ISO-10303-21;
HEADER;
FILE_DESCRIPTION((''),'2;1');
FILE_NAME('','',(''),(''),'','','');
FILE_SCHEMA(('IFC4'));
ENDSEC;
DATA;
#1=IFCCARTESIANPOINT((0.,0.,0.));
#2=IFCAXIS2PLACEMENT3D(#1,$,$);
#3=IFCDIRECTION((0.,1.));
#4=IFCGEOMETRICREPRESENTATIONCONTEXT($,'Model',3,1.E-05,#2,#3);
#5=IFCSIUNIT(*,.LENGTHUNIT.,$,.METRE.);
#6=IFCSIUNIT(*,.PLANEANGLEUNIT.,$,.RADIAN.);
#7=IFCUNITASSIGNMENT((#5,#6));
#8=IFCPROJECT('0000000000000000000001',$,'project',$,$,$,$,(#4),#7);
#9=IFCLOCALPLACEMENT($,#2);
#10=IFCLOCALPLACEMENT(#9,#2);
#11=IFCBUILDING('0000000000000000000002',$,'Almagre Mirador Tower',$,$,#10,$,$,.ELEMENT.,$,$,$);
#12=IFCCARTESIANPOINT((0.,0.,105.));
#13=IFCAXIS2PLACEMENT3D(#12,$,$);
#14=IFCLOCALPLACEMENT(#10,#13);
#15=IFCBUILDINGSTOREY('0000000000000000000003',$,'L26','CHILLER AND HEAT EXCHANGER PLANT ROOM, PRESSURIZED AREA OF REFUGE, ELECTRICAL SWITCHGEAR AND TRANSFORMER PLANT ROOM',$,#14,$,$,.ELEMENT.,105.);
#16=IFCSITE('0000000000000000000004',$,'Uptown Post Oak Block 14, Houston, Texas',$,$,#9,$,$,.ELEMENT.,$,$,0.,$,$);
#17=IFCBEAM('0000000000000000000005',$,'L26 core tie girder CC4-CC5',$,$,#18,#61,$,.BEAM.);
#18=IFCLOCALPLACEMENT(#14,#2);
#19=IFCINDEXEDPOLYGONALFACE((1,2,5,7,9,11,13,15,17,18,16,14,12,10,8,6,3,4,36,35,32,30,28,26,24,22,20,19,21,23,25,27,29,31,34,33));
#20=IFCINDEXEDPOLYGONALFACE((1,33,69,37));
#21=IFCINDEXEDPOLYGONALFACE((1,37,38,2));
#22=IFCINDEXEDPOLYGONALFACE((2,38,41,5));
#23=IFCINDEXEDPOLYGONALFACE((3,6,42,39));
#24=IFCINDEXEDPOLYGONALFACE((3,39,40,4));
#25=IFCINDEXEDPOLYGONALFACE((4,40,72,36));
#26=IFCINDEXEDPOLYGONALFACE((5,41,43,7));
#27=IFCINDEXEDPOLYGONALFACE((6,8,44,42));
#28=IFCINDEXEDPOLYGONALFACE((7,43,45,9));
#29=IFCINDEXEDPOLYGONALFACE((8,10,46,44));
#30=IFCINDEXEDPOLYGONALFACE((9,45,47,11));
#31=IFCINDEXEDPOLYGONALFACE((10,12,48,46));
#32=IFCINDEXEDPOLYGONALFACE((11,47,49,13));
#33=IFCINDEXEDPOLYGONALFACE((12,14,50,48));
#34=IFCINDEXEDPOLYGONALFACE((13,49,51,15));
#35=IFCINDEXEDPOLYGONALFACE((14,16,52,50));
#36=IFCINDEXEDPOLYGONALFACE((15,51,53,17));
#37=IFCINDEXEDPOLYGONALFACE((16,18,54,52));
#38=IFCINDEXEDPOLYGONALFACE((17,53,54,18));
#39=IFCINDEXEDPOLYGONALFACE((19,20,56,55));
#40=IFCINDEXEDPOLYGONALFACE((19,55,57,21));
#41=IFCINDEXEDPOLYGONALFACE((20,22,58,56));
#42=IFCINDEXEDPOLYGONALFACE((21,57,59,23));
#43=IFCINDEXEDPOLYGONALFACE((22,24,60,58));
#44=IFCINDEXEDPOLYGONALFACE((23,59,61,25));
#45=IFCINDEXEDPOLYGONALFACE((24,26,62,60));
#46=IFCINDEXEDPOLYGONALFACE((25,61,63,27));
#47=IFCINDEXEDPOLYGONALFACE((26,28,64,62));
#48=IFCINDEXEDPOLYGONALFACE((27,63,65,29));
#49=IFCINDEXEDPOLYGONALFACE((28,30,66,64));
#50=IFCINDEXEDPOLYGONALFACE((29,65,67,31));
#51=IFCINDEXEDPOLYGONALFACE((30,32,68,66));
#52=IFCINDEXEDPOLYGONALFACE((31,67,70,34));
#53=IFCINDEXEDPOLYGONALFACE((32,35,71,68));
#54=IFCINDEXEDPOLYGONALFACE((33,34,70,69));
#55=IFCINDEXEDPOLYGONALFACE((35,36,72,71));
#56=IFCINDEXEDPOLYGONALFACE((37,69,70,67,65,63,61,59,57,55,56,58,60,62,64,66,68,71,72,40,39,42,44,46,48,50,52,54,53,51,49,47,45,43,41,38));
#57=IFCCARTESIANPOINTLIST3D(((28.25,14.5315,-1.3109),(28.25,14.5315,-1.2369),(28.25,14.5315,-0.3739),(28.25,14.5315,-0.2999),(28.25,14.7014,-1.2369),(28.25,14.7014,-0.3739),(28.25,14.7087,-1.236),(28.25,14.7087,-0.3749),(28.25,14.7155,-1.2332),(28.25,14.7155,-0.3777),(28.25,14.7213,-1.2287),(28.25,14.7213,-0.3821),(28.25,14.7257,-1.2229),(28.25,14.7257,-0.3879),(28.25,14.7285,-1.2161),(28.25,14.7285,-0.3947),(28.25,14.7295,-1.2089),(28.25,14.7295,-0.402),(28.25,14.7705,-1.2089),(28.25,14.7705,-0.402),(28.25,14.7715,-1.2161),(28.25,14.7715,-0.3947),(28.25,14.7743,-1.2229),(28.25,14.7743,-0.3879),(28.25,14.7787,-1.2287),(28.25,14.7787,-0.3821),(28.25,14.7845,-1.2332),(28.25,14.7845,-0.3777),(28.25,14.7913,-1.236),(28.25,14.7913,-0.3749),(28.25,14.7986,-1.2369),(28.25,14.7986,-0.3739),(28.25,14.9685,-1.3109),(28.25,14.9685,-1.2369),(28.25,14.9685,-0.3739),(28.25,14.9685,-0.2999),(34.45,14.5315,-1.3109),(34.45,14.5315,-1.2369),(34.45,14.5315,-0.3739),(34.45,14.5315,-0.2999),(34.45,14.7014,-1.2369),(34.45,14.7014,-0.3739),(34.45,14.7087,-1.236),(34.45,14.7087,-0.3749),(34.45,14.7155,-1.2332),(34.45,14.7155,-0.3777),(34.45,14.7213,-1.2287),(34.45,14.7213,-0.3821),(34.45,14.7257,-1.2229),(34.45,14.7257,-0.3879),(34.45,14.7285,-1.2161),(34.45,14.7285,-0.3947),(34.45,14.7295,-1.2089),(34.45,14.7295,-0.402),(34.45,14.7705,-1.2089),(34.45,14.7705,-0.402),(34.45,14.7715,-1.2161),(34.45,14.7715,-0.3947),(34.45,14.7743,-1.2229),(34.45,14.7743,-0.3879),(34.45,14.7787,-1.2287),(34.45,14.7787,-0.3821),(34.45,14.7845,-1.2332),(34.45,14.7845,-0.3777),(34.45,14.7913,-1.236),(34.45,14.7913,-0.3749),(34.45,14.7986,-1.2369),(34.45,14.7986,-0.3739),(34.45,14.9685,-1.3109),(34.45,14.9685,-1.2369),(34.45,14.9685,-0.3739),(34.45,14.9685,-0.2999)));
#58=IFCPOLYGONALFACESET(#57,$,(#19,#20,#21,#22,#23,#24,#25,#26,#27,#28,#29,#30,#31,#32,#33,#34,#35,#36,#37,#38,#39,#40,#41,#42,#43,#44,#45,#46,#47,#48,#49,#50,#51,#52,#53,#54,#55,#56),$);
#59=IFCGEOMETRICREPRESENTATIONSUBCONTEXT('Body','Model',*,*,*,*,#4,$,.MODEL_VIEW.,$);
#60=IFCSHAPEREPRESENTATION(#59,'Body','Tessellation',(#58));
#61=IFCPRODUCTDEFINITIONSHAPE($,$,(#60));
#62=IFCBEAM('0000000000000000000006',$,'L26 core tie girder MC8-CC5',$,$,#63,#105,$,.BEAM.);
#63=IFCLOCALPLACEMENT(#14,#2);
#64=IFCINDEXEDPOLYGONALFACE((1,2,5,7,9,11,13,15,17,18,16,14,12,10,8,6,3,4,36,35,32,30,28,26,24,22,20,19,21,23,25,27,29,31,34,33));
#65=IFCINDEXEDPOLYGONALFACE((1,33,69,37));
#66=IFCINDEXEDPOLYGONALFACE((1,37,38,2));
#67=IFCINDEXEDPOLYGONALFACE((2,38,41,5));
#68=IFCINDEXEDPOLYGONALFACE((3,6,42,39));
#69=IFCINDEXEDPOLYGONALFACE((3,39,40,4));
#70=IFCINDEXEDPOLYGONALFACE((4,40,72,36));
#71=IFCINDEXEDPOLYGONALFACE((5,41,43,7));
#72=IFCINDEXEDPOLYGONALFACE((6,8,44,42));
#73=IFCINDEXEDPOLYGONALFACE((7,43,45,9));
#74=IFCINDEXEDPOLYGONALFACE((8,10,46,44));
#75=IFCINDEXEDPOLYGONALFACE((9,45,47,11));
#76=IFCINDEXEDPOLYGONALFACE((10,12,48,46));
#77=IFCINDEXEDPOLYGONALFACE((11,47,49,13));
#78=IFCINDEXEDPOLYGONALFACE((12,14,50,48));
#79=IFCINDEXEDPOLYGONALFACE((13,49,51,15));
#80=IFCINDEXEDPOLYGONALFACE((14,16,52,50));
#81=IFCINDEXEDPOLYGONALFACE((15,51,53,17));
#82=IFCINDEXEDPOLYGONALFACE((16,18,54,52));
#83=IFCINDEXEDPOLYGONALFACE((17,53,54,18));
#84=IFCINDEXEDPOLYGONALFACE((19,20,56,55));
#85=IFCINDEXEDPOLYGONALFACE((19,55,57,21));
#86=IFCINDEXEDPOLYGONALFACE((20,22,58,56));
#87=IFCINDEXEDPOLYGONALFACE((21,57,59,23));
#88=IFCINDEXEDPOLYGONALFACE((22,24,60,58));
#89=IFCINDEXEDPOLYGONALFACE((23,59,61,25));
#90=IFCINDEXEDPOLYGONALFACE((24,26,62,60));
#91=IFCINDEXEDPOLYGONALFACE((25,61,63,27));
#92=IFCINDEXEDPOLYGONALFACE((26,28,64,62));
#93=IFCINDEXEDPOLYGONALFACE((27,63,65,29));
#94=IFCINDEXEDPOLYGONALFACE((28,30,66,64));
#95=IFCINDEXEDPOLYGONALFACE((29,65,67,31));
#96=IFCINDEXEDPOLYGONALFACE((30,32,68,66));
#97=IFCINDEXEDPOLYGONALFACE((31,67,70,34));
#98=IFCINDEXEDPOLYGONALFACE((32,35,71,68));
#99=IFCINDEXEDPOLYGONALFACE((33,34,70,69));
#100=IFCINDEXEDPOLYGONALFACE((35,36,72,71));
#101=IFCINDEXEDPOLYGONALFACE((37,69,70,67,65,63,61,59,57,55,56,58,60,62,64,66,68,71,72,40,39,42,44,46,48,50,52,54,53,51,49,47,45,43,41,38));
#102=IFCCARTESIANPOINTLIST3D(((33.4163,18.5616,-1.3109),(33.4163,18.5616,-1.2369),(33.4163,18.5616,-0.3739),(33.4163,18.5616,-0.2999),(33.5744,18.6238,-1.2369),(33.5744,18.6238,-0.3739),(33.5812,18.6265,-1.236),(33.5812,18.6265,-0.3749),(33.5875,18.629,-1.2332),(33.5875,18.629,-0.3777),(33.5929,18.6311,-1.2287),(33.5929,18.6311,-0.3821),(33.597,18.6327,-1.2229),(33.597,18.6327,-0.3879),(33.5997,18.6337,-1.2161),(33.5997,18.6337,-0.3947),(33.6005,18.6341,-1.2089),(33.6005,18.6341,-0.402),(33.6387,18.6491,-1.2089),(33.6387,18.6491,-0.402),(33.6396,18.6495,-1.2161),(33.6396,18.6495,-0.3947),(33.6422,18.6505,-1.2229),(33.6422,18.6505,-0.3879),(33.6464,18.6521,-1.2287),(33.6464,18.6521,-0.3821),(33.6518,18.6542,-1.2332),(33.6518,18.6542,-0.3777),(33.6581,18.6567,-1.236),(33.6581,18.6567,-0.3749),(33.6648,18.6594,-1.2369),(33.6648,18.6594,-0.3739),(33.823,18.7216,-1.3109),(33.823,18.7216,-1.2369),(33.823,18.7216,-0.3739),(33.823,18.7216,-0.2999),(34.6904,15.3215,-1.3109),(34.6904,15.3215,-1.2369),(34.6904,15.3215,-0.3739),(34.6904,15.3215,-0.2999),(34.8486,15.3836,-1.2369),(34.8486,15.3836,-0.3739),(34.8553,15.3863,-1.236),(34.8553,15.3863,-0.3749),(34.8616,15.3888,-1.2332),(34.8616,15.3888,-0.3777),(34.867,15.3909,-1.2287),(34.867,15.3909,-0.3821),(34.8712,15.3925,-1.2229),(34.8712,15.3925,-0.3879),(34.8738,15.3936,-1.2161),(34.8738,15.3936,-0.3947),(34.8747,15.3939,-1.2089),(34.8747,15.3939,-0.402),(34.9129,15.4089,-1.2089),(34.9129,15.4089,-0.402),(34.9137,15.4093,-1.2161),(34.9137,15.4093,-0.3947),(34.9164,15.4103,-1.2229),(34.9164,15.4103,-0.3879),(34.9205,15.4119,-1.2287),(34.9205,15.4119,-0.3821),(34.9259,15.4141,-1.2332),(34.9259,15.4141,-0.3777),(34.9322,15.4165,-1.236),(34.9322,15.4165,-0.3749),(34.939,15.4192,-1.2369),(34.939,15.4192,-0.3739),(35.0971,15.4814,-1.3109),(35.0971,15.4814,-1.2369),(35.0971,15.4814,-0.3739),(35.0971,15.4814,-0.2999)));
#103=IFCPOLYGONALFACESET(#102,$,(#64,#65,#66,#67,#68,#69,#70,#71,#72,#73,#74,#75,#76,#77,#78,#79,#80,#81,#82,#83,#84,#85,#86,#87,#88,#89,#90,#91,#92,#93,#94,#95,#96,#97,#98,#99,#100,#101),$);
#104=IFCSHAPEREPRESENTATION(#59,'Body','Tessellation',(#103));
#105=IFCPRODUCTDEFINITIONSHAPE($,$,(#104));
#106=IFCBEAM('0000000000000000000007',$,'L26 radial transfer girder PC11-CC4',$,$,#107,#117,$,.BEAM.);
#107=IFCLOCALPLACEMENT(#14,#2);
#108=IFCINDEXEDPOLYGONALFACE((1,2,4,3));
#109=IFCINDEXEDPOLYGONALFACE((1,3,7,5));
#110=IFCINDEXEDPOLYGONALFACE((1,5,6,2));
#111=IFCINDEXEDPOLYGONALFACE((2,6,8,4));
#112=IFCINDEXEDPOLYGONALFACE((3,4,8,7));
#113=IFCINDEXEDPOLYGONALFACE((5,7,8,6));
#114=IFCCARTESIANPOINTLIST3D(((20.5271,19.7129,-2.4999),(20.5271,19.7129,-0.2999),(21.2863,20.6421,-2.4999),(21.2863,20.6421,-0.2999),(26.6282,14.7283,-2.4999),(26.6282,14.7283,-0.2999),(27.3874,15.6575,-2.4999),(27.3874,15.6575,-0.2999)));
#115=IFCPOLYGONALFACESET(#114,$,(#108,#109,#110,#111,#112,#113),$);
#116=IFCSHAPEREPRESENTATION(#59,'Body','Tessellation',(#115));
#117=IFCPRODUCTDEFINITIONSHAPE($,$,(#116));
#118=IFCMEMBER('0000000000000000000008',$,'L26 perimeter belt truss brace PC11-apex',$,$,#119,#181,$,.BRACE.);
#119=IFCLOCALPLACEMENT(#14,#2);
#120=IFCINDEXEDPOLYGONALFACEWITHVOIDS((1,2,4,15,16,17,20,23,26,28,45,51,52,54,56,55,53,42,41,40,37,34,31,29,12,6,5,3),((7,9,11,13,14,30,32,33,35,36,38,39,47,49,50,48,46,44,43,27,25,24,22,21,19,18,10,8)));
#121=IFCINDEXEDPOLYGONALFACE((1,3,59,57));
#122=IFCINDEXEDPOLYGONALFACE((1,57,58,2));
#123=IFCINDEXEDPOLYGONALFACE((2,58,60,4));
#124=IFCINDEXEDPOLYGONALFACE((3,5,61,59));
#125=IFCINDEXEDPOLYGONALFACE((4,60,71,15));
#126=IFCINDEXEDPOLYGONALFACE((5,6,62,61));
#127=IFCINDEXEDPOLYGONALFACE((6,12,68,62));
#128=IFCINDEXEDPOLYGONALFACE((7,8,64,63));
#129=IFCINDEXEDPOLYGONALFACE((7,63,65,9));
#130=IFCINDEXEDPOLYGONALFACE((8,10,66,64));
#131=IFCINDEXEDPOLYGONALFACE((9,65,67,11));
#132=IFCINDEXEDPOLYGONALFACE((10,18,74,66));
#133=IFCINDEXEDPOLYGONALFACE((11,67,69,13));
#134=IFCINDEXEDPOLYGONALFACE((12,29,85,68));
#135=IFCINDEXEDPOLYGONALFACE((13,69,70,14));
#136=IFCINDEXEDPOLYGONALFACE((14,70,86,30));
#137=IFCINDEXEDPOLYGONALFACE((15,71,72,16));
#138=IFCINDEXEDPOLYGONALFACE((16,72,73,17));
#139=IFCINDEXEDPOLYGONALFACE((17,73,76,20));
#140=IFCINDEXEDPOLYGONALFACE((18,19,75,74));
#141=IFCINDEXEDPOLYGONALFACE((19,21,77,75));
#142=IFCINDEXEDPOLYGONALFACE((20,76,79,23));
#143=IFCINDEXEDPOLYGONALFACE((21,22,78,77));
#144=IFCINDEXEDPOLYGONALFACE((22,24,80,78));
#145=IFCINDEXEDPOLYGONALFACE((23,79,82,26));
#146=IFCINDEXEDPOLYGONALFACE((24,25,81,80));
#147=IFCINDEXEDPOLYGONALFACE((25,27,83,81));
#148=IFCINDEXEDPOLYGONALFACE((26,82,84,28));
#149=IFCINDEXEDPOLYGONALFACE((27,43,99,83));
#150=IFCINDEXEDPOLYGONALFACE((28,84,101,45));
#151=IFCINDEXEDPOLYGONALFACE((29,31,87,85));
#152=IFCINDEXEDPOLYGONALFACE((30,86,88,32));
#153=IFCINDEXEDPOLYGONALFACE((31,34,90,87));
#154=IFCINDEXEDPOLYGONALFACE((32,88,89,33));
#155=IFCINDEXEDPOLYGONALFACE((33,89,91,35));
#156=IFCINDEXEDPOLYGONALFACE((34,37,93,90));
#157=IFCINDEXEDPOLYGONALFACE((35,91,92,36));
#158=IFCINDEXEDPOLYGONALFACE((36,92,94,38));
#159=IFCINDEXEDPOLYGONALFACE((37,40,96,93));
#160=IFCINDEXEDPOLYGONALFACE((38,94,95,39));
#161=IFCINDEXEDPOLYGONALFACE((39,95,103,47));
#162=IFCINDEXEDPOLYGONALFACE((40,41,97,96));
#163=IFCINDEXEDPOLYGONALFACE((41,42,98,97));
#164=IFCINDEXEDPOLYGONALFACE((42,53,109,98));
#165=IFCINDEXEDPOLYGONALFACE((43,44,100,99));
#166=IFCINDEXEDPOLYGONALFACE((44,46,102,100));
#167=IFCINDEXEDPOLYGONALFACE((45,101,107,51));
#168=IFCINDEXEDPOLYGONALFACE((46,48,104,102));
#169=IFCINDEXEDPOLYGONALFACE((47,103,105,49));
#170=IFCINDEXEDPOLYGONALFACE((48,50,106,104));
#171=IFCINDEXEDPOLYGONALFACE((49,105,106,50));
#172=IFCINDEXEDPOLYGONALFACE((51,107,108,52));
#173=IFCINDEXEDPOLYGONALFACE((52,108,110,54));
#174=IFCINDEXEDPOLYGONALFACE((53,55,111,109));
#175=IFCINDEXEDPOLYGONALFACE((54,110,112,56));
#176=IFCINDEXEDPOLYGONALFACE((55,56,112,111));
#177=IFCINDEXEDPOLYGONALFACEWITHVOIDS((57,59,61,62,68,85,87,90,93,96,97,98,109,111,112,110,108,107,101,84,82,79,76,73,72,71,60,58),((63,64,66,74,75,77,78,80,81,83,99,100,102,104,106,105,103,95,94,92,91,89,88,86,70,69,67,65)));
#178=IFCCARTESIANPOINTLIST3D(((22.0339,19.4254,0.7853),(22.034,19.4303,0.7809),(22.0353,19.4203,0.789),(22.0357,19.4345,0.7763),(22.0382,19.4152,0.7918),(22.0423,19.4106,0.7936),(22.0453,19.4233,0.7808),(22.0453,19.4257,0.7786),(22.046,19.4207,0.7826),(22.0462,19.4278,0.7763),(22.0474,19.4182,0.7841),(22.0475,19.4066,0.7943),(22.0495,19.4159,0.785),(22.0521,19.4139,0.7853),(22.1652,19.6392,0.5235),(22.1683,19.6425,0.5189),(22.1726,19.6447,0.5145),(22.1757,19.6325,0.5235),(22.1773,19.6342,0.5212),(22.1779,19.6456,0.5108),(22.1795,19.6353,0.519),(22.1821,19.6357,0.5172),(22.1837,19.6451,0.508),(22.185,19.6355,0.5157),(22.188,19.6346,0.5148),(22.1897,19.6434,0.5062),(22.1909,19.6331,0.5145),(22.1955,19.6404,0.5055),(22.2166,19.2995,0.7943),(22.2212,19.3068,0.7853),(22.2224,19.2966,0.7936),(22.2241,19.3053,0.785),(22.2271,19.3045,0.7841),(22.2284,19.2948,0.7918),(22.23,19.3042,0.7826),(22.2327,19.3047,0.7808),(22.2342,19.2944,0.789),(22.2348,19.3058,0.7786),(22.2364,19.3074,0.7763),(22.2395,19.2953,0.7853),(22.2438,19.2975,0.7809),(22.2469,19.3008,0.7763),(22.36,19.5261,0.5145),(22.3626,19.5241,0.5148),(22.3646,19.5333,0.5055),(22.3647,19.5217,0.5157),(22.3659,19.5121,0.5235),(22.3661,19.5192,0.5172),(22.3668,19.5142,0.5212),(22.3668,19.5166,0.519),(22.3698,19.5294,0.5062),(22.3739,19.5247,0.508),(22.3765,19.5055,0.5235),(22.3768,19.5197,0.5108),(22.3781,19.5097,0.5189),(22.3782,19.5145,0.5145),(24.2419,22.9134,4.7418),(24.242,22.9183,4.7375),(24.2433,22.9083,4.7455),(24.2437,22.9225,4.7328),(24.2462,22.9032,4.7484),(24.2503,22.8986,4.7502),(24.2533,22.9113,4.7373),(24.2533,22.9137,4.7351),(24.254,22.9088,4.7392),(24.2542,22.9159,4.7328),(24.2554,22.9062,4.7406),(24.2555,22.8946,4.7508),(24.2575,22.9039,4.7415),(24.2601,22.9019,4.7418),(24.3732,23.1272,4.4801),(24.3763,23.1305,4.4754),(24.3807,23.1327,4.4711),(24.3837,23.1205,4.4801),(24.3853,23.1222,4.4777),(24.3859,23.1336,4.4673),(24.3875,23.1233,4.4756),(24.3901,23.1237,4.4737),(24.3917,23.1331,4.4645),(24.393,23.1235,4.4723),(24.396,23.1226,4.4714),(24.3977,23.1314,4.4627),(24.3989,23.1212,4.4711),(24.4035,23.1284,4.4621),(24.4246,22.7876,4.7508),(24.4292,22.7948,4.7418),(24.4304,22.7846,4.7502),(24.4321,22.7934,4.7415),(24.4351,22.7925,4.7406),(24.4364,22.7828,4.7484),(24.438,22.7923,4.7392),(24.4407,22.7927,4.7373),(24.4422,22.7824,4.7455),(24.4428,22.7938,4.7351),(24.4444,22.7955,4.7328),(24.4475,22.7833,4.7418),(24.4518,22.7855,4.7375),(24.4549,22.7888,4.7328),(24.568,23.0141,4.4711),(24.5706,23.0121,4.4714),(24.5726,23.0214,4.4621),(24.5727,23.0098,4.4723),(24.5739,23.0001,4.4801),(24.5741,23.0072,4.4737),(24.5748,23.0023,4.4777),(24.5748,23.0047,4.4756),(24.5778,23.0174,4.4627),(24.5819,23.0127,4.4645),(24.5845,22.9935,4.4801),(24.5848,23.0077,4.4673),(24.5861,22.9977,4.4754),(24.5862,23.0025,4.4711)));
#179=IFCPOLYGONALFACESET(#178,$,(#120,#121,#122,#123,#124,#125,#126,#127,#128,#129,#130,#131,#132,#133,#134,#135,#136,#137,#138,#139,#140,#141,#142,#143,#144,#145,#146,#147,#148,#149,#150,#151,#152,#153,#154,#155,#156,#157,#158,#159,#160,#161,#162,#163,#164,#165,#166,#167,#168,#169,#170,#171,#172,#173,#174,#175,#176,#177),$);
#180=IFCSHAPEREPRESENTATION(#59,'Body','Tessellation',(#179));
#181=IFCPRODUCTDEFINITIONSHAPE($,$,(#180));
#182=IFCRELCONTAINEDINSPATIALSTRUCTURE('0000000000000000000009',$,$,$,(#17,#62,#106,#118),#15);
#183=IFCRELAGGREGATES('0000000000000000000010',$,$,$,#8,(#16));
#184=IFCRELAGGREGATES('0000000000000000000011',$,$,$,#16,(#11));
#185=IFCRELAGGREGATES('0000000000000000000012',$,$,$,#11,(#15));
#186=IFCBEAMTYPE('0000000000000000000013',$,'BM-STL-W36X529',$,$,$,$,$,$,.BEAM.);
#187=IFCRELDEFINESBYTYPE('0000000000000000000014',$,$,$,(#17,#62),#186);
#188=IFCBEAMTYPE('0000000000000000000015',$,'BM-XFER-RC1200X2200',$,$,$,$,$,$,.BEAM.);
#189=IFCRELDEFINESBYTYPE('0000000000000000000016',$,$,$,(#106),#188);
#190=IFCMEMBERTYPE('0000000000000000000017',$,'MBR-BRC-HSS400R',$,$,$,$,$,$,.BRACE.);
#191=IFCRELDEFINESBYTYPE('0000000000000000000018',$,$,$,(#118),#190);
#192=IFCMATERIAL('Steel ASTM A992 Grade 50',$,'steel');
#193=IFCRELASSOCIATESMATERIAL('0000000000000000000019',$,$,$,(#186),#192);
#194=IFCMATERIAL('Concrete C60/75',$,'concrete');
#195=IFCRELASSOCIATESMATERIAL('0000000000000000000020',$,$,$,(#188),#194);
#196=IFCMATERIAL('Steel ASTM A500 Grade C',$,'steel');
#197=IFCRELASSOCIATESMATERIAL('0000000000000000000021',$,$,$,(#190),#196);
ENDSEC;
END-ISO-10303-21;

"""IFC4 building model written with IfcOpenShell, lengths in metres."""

from ifc_helpers import new_model, si_unit, direction, frame, origin, origin_2d, place, context, subcontext, project, spatial, rectangle, hollow_rectangle, i_section, extrude, material, material_profile, profile_set, type_object, element, save


model = new_model("IFC4")

# Units and contexts
model_context = context("Model", 3, precision=1e-05, world=origin(), true_north=direction((0.0, 1.0)))
body_context = subcontext(model_context, "Body", "Model", "MODEL_VIEW")
ifc_project = project(units=[si_unit("LENGTHUNIT", "METRE"), si_unit("PLANEANGLEUNIT", "RADIAN")], contexts=[model_context])

# Site, building, storey
site_placement = place(None, origin())
site = spatial("IfcSite", under=ifc_project, at=site_placement, Name="Uptown Post Oak Block 14, Houston, Texas", CompositionType="ELEMENT", RefElevation=0.0)
building_placement = place(site_placement, origin())
building = spatial("IfcBuilding", under=site, at=building_placement, Name="Almagre Mirador Tower", CompositionType="ELEMENT")
storey_placement = place(building_placement, frame((0.0, 0.0, 105.0)))
storey = spatial("IfcBuildingStorey", under=building, at=storey_placement, Name="L26", Description="CHILLER AND HEAT EXCHANGER PLANT ROOM, PRESSURIZED AREA OF REFUGE, ELECTRICAL SWITCHGEAR AND TRANSFORMER PLANT ROOM", CompositionType="ELEMENT", Elevation=105.0)

# Beams
ifc_material_1 = material(Name="Steel ASTM A992 Grade 50", Category="steel")
ifc_material_profile_1 = material_profile(ifc_material_1, i_section(OverallWidth=0.437, OverallDepth=1.011, WebThickness=0.041, FlangeThickness=0.074, FilletRadius=0.0281, at=origin_2d()), Name="W36X529")
ifc_profile_set_1 = profile_set([ifc_material_profile_1], Name="Steel ASTM A992 Grade 50")
beam_type_1 = type_object("IfcBeamType", Name="BM-STL-W36X529", PredefinedType="BEAM", material=ifc_profile_set_1)
beam_1_placement = place(storey_placement, frame((28.25, 14.75, -0.8054), z_axis=(1.0, 0.0, 0.0), x_axis=(0.0, 1.0, 0.0)))
element("IfcBeam", 1, at=beam_1_placement, inside=storey, type_object=beam_type_1, Name="L26 core tie girder CC4-CC5", PredefinedType="BEAM", context=body_context, shape_type="SweptSolid", body=[
    extrude(i_section(OverallWidth=0.437, OverallDepth=1.011, WebThickness=0.041, FlangeThickness=0.074, FilletRadius=0.0281, at=origin_2d()), origin(), (0.0, 0.0, 1.0), 6.2),
])
beam_2_placement = place(storey_placement, frame((33.6196, 18.6416, -0.8054), z_axis=(0.365956, -0.930632, 0.0), x_axis=(0.930632, 0.365956, 0.0)))
element("IfcBeam", 2, at=beam_2_placement, inside=storey, type_object=beam_type_1, Name="L26 core tie girder MC8-CC5", PredefinedType="BEAM", context=body_context, shape_type="SweptSolid", body=[
    extrude(i_section(OverallWidth=0.437, OverallDepth=1.011, WebThickness=0.041, FlangeThickness=0.074, FilletRadius=0.0281, at=origin_2d()), origin(), (0.0, 0.0, 1.0), 3.4817),
])
ifc_material_2 = material(Name="Concrete C60/75", Category="concrete")
ifc_material_profile_2 = material_profile(ifc_material_2, rectangle(XDim=1.2, YDim=2.2, at=origin_2d()), Name="RC1200X2200")
ifc_profile_set_2 = profile_set([ifc_material_profile_2], Name="Concrete C60/75")
beam_type_2 = type_object("IfcBeamType", Name="BM-XFER-RC1200X2200", PredefinedType="BEAM", material=ifc_profile_set_2)
beam_3_placement = place(storey_placement, frame((20.9067, 20.1775, -1.3999), z_axis=(0.774403, -0.632693, 0.0), x_axis=(0.632693, 0.774403, 0.0)))
element("IfcBeam", 3, at=beam_3_placement, inside=storey, type_object=beam_type_2, Name="L26 radial transfer girder PC11-CC4", PredefinedType="BEAM", context=body_context, shape_type="SweptSolid", body=[
    extrude(rectangle(XDim=1.2, YDim=2.2, at=origin_2d()), origin(), (0.0, 0.0, 1.0), 7.8784),
])

# Member
ifc_material_3 = material(Name="Steel ASTM A500 Grade C", Category="steel")
ifc_material_profile_3 = material_profile(ifc_material_3, hollow_rectangle(XDim=0.25, YDim=0.3999, WallThickness=0.0125, InnerFilletRadius=0.0125, OuterFilletRadius=0.0249, at=origin_2d()), Name="HSS400X250X12.5")
ifc_profile_set_3 = profile_set([ifc_material_profile_3], Name="Steel ASTM A500 Grade C")
member_type = type_object("IfcMemberType", Name="MBR-BRC-HSS400R", PredefinedType="BRACE", material=ifc_profile_set_3)
member_placement = place(storey_placement, frame((22.2061, 19.47, 0.6499), z_axis=(0.386148, 0.610006, 0.691941), x_axis=(-0.844938, 0.534865, 0.0)))
element("IfcMember", 4, at=member_placement, inside=storey, type_object=member_type, Name="L26 perimeter belt truss brace PC11-apex", PredefinedType="BRACE", context=body_context, shape_type="SweptSolid", body=[
    extrude(hollow_rectangle(XDim=0.25, YDim=0.3999, WallThickness=0.0125, InnerFilletRadius=0.0125, OuterFilletRadius=0.0249, at=origin_2d()), origin(), (0.0, 0.0, 1.0), 5.718),
])

save(model, "model.ifc")
